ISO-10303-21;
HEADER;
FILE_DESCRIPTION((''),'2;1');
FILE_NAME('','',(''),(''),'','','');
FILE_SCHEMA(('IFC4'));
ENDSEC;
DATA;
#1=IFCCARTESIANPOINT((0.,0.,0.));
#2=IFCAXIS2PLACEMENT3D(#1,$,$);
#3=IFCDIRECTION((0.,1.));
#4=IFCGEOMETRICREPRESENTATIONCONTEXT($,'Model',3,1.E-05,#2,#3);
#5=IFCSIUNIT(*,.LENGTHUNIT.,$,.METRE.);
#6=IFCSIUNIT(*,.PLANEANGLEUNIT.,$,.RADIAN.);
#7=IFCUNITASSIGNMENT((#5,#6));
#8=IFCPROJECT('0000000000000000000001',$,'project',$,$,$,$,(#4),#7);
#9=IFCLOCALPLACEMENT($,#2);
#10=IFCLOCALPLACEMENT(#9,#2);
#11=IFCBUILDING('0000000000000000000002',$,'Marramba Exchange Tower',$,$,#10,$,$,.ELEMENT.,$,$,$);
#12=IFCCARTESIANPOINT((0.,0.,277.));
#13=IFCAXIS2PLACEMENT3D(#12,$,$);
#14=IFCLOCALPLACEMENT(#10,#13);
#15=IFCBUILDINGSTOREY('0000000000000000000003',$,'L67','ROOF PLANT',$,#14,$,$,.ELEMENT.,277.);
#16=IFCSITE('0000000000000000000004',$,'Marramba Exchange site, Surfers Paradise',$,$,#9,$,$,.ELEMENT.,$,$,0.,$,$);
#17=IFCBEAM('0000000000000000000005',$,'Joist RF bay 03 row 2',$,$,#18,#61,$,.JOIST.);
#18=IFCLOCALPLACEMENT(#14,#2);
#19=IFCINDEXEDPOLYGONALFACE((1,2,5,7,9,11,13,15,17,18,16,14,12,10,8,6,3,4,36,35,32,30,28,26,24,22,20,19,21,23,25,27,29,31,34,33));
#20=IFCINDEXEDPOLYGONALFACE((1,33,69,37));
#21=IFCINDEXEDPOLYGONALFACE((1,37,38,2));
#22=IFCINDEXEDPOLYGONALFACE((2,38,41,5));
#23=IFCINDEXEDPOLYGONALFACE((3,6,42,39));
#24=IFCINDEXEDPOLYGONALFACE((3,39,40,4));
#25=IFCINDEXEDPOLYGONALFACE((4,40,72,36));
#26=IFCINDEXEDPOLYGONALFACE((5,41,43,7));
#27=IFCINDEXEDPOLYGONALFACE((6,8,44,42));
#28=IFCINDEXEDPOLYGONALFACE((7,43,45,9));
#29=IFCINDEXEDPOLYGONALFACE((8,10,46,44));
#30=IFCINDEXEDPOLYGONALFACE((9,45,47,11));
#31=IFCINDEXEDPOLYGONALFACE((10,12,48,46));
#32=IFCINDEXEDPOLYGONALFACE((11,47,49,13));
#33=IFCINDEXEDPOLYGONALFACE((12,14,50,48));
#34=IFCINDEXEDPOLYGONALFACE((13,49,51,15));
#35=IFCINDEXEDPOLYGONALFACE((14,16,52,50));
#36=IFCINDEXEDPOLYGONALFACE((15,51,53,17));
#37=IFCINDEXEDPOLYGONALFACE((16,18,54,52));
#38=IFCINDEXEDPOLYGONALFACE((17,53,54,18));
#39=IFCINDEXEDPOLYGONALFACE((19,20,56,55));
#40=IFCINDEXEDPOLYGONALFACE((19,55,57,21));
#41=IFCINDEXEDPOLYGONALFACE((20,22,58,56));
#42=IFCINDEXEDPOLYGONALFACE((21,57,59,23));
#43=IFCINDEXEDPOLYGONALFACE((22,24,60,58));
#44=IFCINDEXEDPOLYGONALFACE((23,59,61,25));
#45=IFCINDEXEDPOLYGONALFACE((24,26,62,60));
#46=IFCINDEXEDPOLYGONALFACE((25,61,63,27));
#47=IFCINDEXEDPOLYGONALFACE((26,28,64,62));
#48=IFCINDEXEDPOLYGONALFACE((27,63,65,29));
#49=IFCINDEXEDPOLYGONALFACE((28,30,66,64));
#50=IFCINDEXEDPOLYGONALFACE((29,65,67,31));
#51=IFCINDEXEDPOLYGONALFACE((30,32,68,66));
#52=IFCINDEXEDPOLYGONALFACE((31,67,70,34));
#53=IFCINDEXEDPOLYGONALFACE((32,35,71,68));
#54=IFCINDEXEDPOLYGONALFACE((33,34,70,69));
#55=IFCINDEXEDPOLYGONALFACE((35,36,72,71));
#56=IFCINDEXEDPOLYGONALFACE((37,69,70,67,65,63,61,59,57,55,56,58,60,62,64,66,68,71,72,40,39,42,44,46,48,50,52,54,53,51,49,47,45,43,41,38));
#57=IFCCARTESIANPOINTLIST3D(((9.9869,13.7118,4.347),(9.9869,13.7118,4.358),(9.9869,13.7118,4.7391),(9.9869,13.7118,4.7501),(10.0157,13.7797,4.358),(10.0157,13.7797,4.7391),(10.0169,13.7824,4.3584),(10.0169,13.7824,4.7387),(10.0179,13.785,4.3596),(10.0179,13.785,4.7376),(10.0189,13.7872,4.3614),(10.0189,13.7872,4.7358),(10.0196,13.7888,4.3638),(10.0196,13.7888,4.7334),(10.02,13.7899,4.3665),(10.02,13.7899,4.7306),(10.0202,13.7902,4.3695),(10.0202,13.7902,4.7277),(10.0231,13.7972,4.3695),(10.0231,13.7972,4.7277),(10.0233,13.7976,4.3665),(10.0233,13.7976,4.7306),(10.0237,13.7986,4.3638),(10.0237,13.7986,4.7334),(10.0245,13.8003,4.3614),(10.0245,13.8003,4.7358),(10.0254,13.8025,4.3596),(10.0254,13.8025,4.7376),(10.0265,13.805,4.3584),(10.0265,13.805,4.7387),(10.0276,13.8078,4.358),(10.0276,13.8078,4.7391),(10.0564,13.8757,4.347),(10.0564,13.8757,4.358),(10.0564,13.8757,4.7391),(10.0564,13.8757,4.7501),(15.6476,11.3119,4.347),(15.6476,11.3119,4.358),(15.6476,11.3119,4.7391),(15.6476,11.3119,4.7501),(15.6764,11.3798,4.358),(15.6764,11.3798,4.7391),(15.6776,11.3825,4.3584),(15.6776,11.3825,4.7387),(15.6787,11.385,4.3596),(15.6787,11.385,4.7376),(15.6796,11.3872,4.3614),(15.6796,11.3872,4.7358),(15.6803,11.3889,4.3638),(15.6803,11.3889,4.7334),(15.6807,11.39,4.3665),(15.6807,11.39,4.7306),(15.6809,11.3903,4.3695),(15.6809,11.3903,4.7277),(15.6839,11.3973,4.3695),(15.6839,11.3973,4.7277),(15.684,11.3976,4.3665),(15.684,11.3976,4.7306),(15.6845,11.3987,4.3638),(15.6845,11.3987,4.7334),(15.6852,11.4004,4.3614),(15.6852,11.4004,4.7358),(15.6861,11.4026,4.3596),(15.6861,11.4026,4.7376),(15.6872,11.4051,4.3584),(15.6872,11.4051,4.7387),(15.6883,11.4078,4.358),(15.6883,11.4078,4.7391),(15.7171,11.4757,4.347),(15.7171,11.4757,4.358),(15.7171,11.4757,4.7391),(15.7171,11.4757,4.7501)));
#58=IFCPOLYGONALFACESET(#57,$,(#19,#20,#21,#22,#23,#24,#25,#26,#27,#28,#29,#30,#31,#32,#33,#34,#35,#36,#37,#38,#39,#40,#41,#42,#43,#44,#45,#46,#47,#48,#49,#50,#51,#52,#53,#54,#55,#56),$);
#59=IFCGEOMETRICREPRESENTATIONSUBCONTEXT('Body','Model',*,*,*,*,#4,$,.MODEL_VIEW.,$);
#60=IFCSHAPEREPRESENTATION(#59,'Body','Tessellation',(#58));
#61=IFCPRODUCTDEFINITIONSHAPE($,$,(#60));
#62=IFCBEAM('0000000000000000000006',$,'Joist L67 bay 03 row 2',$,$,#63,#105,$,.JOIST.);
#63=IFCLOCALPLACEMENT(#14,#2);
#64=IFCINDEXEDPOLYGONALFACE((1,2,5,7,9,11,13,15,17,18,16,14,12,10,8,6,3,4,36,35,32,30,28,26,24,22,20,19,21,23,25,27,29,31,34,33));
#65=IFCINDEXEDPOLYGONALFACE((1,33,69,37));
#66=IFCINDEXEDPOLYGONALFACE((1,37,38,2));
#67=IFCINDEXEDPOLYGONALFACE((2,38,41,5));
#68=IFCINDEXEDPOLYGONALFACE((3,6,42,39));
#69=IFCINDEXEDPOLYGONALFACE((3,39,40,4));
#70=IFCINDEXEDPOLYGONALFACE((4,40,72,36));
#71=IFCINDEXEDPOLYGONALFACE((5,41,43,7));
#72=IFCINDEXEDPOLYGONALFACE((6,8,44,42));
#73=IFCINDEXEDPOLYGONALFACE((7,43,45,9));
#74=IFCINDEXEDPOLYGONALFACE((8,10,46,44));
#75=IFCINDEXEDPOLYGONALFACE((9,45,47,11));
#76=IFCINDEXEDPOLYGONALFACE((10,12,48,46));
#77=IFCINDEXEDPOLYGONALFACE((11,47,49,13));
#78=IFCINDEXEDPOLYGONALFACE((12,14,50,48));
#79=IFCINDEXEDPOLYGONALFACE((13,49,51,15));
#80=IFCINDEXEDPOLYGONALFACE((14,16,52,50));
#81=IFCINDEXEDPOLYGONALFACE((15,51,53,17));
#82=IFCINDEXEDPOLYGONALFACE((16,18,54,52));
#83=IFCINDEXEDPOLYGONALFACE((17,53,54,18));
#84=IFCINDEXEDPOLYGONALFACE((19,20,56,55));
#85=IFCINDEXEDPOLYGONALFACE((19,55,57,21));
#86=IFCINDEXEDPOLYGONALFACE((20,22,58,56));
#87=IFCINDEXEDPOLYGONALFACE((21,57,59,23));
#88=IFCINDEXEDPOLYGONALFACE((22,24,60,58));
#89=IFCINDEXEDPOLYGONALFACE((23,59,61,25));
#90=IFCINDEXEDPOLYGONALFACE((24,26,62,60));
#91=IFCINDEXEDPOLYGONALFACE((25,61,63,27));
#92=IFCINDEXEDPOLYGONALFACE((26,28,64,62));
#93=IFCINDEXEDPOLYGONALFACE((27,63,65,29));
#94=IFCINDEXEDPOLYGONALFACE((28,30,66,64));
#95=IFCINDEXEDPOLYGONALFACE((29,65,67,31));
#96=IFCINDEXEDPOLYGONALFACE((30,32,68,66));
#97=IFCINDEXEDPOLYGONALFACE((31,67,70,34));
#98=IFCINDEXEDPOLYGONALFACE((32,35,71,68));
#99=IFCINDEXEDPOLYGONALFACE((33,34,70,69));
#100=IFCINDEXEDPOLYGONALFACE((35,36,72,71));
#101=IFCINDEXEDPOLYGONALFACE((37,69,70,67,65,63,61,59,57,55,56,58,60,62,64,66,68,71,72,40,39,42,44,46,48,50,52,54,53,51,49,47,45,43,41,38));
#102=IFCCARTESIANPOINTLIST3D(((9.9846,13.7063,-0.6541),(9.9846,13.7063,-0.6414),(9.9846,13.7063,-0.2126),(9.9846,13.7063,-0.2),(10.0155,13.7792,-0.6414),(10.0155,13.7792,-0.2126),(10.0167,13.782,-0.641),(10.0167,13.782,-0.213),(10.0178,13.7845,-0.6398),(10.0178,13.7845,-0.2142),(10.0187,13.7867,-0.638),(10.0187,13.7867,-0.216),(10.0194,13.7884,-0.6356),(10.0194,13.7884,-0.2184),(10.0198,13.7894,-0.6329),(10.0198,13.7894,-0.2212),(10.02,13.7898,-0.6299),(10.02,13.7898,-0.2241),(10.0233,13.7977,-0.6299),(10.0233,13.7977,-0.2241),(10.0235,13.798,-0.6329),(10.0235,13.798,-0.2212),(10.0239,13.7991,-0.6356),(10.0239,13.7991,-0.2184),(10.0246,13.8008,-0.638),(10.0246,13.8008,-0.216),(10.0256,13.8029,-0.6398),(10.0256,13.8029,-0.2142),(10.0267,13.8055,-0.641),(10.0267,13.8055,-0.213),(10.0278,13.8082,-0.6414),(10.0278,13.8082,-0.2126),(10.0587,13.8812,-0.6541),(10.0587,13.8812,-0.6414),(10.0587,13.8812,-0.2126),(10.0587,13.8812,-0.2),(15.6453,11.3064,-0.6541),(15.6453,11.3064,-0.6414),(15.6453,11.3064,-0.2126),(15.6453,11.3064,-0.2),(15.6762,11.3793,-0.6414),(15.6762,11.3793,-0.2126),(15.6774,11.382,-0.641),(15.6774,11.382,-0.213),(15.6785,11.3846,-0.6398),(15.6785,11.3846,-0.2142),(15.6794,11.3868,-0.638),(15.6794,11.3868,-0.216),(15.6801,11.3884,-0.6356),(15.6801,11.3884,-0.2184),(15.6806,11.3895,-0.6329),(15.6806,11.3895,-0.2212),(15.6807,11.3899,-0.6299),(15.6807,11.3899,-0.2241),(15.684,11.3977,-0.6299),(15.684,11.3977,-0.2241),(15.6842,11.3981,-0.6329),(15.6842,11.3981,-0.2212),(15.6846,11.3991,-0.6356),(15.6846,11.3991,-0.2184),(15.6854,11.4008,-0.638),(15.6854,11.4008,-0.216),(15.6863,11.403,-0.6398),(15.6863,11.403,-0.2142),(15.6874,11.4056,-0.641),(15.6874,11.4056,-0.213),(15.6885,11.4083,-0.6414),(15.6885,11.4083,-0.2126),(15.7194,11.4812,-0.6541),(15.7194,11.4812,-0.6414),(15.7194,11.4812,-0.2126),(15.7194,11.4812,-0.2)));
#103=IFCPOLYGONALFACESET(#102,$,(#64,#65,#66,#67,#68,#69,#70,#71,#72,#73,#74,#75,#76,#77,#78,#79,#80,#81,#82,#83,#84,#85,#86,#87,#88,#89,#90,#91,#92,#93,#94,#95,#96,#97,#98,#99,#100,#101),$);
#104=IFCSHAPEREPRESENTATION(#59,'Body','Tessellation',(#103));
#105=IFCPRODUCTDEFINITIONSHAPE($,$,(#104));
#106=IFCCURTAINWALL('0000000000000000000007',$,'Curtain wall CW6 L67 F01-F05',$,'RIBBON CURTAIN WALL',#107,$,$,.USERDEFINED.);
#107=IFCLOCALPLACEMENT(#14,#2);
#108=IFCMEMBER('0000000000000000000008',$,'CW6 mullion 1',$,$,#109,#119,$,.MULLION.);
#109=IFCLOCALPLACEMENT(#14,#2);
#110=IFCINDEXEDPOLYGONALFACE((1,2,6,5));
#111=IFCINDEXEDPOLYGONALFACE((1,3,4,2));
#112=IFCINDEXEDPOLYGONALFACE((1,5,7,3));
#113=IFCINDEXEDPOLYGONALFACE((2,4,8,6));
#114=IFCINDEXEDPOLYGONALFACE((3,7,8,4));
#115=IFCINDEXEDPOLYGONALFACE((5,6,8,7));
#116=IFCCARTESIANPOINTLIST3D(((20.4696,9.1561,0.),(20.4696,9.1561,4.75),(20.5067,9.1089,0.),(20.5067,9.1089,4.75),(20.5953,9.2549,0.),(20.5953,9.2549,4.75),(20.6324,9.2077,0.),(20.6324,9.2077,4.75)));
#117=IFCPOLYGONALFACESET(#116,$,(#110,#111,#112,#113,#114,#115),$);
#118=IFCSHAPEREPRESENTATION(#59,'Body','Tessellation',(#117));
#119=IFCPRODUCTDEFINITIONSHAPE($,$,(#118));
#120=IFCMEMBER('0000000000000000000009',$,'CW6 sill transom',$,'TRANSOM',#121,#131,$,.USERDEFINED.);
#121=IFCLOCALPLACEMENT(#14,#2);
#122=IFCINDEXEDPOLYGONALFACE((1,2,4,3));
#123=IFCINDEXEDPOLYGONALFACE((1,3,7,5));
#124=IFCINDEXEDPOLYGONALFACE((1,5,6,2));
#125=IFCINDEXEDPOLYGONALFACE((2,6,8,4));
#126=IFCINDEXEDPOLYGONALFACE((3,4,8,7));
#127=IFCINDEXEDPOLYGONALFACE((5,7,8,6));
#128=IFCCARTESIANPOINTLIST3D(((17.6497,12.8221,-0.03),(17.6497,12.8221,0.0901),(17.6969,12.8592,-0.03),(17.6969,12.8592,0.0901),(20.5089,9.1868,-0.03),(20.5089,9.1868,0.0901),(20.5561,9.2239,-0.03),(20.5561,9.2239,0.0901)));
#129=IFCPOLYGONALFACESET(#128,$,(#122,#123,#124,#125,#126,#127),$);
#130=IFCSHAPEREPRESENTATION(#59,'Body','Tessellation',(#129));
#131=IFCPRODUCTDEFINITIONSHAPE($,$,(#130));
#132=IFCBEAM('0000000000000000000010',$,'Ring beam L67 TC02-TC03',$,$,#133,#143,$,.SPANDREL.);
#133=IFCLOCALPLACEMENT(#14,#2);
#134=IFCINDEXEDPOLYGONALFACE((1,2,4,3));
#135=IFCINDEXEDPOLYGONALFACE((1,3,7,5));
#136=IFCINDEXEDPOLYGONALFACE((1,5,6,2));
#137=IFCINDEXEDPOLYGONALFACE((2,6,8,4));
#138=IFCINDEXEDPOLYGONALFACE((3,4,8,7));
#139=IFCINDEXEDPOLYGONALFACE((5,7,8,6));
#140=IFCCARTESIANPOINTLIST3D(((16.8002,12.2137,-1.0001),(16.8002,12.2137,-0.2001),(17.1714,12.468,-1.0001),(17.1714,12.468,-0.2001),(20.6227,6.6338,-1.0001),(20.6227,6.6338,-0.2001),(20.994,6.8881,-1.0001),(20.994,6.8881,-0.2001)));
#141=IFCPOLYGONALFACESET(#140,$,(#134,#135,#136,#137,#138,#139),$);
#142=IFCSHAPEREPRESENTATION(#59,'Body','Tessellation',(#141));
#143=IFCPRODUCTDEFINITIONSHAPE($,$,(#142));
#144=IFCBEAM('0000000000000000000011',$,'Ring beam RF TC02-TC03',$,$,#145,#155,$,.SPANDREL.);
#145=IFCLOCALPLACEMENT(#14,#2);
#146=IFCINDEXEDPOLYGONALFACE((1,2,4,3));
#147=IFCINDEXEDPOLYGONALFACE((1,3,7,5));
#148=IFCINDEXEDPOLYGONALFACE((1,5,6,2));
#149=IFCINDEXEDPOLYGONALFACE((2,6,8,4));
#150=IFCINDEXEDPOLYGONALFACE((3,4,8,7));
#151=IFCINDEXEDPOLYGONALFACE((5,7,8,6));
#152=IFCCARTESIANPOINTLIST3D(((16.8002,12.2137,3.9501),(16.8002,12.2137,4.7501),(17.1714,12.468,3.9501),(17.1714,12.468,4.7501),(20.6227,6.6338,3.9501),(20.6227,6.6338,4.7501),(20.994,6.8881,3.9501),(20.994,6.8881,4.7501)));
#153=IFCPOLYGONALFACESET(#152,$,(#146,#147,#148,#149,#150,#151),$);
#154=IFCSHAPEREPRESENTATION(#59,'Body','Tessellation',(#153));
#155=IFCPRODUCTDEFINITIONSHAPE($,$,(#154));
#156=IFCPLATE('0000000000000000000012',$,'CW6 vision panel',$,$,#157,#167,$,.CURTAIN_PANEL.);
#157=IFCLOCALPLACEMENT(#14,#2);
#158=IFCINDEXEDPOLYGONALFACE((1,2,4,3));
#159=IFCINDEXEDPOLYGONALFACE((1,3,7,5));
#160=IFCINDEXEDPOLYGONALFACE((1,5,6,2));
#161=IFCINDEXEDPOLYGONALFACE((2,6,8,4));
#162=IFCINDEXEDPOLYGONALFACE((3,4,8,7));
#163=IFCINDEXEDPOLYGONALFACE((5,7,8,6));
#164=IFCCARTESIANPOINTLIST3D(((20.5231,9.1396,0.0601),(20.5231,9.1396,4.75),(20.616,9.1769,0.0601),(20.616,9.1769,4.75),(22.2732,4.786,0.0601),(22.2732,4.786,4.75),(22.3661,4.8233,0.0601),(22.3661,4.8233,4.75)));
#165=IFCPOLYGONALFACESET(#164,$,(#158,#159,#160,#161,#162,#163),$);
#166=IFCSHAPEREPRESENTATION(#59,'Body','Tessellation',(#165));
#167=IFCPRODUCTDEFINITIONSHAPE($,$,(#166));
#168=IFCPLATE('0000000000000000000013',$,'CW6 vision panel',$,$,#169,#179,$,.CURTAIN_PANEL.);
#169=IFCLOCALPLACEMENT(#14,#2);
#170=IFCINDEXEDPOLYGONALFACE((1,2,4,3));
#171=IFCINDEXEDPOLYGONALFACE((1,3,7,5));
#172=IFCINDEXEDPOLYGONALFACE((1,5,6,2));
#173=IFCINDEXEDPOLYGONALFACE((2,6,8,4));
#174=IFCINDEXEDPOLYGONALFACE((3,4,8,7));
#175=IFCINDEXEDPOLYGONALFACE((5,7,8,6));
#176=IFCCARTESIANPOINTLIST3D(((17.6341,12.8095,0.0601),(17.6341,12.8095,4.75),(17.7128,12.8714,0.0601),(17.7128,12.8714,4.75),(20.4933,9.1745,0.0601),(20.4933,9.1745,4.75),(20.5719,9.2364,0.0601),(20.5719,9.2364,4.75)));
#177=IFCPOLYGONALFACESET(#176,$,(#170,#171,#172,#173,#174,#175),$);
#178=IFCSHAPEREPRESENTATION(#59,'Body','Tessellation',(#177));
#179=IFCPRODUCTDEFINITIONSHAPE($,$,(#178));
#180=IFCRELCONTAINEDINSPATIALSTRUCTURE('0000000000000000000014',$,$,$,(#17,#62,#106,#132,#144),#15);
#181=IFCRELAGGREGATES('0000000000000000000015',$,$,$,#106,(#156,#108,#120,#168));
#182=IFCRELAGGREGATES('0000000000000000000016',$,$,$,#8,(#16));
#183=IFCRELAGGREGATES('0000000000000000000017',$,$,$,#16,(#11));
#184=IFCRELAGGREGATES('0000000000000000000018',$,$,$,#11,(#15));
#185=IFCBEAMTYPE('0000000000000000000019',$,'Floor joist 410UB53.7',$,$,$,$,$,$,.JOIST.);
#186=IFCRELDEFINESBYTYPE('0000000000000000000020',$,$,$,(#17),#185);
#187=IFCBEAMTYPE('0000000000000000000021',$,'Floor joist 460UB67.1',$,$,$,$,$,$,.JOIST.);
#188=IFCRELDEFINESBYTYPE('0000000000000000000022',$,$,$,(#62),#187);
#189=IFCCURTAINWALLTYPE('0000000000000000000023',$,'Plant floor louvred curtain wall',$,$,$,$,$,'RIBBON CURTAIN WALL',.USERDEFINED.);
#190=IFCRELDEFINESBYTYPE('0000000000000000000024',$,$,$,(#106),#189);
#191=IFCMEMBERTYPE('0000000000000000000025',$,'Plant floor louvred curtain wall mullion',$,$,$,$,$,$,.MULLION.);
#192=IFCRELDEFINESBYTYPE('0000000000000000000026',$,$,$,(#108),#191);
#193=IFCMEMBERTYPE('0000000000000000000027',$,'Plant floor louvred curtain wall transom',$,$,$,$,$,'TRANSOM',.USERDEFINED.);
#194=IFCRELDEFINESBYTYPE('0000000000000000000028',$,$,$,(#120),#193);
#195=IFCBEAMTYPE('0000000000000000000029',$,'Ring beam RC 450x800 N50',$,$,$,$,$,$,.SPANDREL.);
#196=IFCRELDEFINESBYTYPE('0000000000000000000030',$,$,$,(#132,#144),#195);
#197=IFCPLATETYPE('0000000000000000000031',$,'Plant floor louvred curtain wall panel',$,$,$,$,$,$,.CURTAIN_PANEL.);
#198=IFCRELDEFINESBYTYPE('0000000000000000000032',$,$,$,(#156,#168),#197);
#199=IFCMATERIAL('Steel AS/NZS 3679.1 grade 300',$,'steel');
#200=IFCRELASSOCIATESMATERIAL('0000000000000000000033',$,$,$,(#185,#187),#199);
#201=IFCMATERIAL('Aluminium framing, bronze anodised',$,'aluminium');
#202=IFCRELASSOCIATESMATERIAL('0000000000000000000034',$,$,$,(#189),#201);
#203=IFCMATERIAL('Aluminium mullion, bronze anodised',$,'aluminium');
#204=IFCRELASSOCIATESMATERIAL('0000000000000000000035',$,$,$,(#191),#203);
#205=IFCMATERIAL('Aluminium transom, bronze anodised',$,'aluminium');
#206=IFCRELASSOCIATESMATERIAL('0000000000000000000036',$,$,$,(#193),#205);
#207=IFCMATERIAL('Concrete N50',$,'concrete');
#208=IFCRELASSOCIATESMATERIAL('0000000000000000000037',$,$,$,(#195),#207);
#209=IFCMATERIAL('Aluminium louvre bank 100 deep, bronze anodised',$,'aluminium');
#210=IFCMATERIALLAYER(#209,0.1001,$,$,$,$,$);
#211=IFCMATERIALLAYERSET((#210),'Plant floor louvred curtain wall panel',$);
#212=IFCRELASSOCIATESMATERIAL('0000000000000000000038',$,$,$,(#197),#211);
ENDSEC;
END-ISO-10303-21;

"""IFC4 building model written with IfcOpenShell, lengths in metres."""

from ifc_helpers import new_model, si_unit, direction, frame, origin, origin_2d, place, context, subcontext, project, spatial, rectangle, i_section, extrude, material, layer, layer_set, material_profile, profile_set, type_object, element, aggregate, save


model = new_model("IFC4")

# Units and contexts
model_context = context("Model", 3, precision=1e-05, world=origin(), true_north=direction((0.0, 1.0)))
body_context = subcontext(model_context, "Body", "Model", "MODEL_VIEW")
ifc_project = project(units=[si_unit("LENGTHUNIT", "METRE"), si_unit("PLANEANGLEUNIT", "RADIAN")], contexts=[model_context])

# Site, building, storey
site_placement = place(None, origin())
site = spatial("IfcSite", under=ifc_project, at=site_placement, Name="Marramba Exchange site, Surfers Paradise", CompositionType="ELEMENT", RefElevation=0.0)
building_placement = place(site_placement, origin())
building = spatial("IfcBuilding", under=site, at=building_placement, Name="Marramba Exchange Tower", CompositionType="ELEMENT")
storey_placement = place(building_placement, frame((0.0, 0.0, 277.0)))
storey = spatial("IfcBuildingStorey", under=building, at=storey_placement, Name="L67", Description="ROOF PLANT", CompositionType="ELEMENT", Elevation=277.0)

# Beams
ifc_material_1 = material(Name="Steel AS/NZS 3679.1 grade 300", Category="steel")
ifc_material_profile_1 = material_profile(ifc_material_1, i_section(OverallWidth=0.178, OverallDepth=0.4031, WebThickness=0.0076, FlangeThickness=0.011, FilletRadius=0.0115, at=origin_2d()), Name="410UB53.7")
ifc_profile_set_1 = profile_set([ifc_material_profile_1], Name="Steel AS/NZS 3679.1 grade 300")
beam_type_1 = type_object("IfcBeamType", Name="Floor joist 410UB53.7", PredefinedType="JOIST", material=ifc_profile_set_1)
beam_1_placement = place(storey_placement, frame((15.6824, 11.3938, 4.5486), z_axis=(-0.920674, 0.390332, 0.0), x_axis=(-0.390332, -0.920674, 0.0)))
element("IfcBeam", 1, at=beam_1_placement, inside=storey, type_object=beam_type_1, Name="Joist RF bay 03 row 2", PredefinedType="JOIST", context=body_context, shape_type="SweptSolid", body=[
    extrude(i_section(OverallWidth=0.178, OverallDepth=0.4031, WebThickness=0.0076, FlangeThickness=0.011, FilletRadius=0.0115, at=origin_2d()), origin(), (0.0, 0.0, 1.0), 6.1484),
])
ifc_material_profile_2 = material_profile(ifc_material_1, i_section(OverallWidth=0.1899, OverallDepth=0.4541, WebThickness=0.0085, FlangeThickness=0.0127, FilletRadius=0.0115, at=origin_2d()), Name="460UB67.1")
ifc_profile_set_2 = profile_set([ifc_material_profile_2], Name="Steel AS/NZS 3679.1 grade 300")
beam_type_2 = type_object("IfcBeamType", Name="Floor joist 460UB67.1", PredefinedType="JOIST", material=ifc_profile_set_2)
beam_2_placement = place(storey_placement, frame((15.6824, 11.3938, -0.427), z_axis=(-0.920674, 0.390332, 0.0), x_axis=(-0.390332, -0.920674, 0.0)))
element("IfcBeam", 2, at=beam_2_placement, inside=storey, type_object=beam_type_2, Name="Joist L67 bay 03 row 2", PredefinedType="JOIST", context=body_context, shape_type="SweptSolid", body=[
    extrude(i_section(OverallWidth=0.1899, OverallDepth=0.4541, WebThickness=0.0085, FlangeThickness=0.0127, FilletRadius=0.0115, at=origin_2d()), origin(), (0.0, 0.0, 1.0), 6.1484),
])

# Curtain wall, members
ifc_material_2 = material(Name="Aluminium framing, bronze anodised", Category="aluminium")
curtain_wall_type = type_object("IfcCurtainWallType", Name="Plant floor louvred curtain wall", ElementType="RIBBON CURTAIN WALL", PredefinedType="USERDEFINED", material=ifc_material_2)
curtain_wall_placement = place(storey_placement, origin())
curtain_wall = element("IfcCurtainWall", 3, at=curtain_wall_placement, inside=storey, type_object=curtain_wall_type, Name="Curtain wall CW6 L67 F01-F05", ObjectType="RIBBON CURTAIN WALL", PredefinedType="USERDEFINED")
ifc_material_3 = material(Name="Aluminium mullion, bronze anodised", Category="aluminium")
ifc_material_profile_3 = material_profile(ifc_material_3, rectangle(XDim=0.1599, YDim=0.0601, at=origin_2d()), Name="CW6 mullion 60x160")
ifc_profile_set_3 = profile_set([ifc_material_profile_3], Name="Aluminium mullion, bronze anodised")
member_type_1 = type_object("IfcMemberType", Name="Plant floor louvred curtain wall mullion", PredefinedType="MULLION", material=ifc_profile_set_3)
member_1_placement = place(storey_placement, frame((20.551, 9.1819, 0.0), z_axis=(0.0, 0.0, 1.0), x_axis=(-0.786003, -0.618223, 0.0)))
member_1 = element("IfcMember", 4, at=member_1_placement, type_object=member_type_1, Name="CW6 mullion 1", PredefinedType="MULLION", context=body_context, shape_type="SweptSolid", body=[
    extrude(rectangle(XDim=0.1599, YDim=0.0601, at=origin_2d()), origin(), (0.0, 0.0, 1.0), 4.75),
])
ifc_material_4 = material(Name="Aluminium transom, bronze anodised", Category="aluminium")
ifc_material_profile_4 = material_profile(ifc_material_4, rectangle(XDim=0.0601, YDim=0.1201, at=origin_2d()), Name="CW6 transom 60x120")
ifc_profile_set_4 = profile_set([ifc_material_profile_4], Name="Aluminium transom, bronze anodised")
member_type_2 = type_object("IfcMemberType", Name="Plant floor louvred curtain wall transom", ElementType="TRANSOM", PredefinedType="USERDEFINED", material=ifc_profile_set_4)
member_2_placement = place(storey_placement, frame((20.5325, 9.2053, 0.03), z_axis=(-0.618204, 0.786018, 0.0), x_axis=(-0.786018, -0.618204, 0.0)))
member_2 = element("IfcMember", 5, at=member_2_placement, type_object=member_type_2, Name="CW6 sill transom", ObjectType="TRANSOM", PredefinedType="USERDEFINED", context=body_context, shape_type="SweptSolid", body=[
    extrude(rectangle(XDim=0.0601, YDim=0.1201, at=origin_2d()), origin(), (0.0, 0.0, 1.0), 4.625),
])

# Beams
ifc_material_5 = material(Name="Concrete N50", Category="concrete")
ifc_material_profile_5 = material_profile(ifc_material_5, rectangle(XDim=0.45, YDim=0.8, at=origin_2d()), Name="RC 450x800")
ifc_profile_set_5 = profile_set([ifc_material_profile_5], Name="Concrete N50")
beam_type_3 = type_object("IfcBeamType", Name="Ring beam RC 450x800 N50", PredefinedType="SPANDREL", material=ifc_profile_set_5)
for number, where, z_axis, x_axis, name in (
    (6, (20.8083, 6.761, -0.6001), (-0.56516, 0.824981, 0.0), (-0.824981, -0.56516, 0.0), "Ring beam L67 TC02-TC03"),
    (7, (20.8083, 6.761, 4.3501), (-0.56516, 0.824981, 0.0), (-0.824981, -0.56516, 0.0), "Ring beam RF TC02-TC03"),
):
    element("IfcBeam", number, at=place(storey_placement, frame(where, z_axis=z_axis, x_axis=x_axis)), inside=storey, type_object=beam_type_3, Name=name, PredefinedType="SPANDREL", context=body_context, shape_type="SweptSolid", body=[
        extrude(rectangle(XDim=0.45, YDim=0.8, at=origin_2d()), origin(), (0.0, 0.0, 1.0), 6.7637),
    ])

# Plates
ifc_material_6 = material(Name="Aluminium louvre bank 100 deep, bronze anodised", Category="aluminium")
ifc_layer_1 = layer(ifc_material_6, 0.1001)
ifc_layer_set_1 = layer_set([ifc_layer_1], Name="Plant floor louvred curtain wall panel")
plate_type = type_object("IfcPlateType", Name="Plant floor louvred curtain wall panel", PredefinedType="CURTAIN_PANEL", material=ifc_layer_set_1)
plate_1_placement = place(storey_placement, frame((21.4446, 6.9814, 0.0601), z_axis=(0.0, 0.0, 1.0), x_axis=(-0.372983, 0.927838, 0.0)))
plate_1 = element("IfcPlate", 8, at=plate_1_placement, type_object=plate_type, Name="CW6 vision panel", PredefinedType="CURTAIN_PANEL", context=body_context, shape_type="SweptSolid", body=[
    extrude(rectangle(XDim=4.6921, YDim=0.1001, at=origin_2d()), origin(), (0.0, 0.0, 1.0), 4.6899),
])
plate_2_placement = place(storey_placement, frame((19.103, 11.0229, 0.0601), z_axis=(0.0, 0.0, 1.0), x_axis=(-0.618223, 0.786003, 0.0)))
plate_2 = element("IfcPlate", 9, at=plate_2_placement, type_object=plate_type, Name="CW6 vision panel", PredefinedType="CURTAIN_PANEL", context=body_context, shape_type="SweptSolid", body=[
    extrude(rectangle(XDim=4.6248, YDim=0.1001, at=origin_2d()), origin(), (0.0, 0.0, 1.0), 4.6899),
])
aggregate(curtain_wall, [plate_1, member_1, member_2, plate_2])

save(model, "model.ifc")
